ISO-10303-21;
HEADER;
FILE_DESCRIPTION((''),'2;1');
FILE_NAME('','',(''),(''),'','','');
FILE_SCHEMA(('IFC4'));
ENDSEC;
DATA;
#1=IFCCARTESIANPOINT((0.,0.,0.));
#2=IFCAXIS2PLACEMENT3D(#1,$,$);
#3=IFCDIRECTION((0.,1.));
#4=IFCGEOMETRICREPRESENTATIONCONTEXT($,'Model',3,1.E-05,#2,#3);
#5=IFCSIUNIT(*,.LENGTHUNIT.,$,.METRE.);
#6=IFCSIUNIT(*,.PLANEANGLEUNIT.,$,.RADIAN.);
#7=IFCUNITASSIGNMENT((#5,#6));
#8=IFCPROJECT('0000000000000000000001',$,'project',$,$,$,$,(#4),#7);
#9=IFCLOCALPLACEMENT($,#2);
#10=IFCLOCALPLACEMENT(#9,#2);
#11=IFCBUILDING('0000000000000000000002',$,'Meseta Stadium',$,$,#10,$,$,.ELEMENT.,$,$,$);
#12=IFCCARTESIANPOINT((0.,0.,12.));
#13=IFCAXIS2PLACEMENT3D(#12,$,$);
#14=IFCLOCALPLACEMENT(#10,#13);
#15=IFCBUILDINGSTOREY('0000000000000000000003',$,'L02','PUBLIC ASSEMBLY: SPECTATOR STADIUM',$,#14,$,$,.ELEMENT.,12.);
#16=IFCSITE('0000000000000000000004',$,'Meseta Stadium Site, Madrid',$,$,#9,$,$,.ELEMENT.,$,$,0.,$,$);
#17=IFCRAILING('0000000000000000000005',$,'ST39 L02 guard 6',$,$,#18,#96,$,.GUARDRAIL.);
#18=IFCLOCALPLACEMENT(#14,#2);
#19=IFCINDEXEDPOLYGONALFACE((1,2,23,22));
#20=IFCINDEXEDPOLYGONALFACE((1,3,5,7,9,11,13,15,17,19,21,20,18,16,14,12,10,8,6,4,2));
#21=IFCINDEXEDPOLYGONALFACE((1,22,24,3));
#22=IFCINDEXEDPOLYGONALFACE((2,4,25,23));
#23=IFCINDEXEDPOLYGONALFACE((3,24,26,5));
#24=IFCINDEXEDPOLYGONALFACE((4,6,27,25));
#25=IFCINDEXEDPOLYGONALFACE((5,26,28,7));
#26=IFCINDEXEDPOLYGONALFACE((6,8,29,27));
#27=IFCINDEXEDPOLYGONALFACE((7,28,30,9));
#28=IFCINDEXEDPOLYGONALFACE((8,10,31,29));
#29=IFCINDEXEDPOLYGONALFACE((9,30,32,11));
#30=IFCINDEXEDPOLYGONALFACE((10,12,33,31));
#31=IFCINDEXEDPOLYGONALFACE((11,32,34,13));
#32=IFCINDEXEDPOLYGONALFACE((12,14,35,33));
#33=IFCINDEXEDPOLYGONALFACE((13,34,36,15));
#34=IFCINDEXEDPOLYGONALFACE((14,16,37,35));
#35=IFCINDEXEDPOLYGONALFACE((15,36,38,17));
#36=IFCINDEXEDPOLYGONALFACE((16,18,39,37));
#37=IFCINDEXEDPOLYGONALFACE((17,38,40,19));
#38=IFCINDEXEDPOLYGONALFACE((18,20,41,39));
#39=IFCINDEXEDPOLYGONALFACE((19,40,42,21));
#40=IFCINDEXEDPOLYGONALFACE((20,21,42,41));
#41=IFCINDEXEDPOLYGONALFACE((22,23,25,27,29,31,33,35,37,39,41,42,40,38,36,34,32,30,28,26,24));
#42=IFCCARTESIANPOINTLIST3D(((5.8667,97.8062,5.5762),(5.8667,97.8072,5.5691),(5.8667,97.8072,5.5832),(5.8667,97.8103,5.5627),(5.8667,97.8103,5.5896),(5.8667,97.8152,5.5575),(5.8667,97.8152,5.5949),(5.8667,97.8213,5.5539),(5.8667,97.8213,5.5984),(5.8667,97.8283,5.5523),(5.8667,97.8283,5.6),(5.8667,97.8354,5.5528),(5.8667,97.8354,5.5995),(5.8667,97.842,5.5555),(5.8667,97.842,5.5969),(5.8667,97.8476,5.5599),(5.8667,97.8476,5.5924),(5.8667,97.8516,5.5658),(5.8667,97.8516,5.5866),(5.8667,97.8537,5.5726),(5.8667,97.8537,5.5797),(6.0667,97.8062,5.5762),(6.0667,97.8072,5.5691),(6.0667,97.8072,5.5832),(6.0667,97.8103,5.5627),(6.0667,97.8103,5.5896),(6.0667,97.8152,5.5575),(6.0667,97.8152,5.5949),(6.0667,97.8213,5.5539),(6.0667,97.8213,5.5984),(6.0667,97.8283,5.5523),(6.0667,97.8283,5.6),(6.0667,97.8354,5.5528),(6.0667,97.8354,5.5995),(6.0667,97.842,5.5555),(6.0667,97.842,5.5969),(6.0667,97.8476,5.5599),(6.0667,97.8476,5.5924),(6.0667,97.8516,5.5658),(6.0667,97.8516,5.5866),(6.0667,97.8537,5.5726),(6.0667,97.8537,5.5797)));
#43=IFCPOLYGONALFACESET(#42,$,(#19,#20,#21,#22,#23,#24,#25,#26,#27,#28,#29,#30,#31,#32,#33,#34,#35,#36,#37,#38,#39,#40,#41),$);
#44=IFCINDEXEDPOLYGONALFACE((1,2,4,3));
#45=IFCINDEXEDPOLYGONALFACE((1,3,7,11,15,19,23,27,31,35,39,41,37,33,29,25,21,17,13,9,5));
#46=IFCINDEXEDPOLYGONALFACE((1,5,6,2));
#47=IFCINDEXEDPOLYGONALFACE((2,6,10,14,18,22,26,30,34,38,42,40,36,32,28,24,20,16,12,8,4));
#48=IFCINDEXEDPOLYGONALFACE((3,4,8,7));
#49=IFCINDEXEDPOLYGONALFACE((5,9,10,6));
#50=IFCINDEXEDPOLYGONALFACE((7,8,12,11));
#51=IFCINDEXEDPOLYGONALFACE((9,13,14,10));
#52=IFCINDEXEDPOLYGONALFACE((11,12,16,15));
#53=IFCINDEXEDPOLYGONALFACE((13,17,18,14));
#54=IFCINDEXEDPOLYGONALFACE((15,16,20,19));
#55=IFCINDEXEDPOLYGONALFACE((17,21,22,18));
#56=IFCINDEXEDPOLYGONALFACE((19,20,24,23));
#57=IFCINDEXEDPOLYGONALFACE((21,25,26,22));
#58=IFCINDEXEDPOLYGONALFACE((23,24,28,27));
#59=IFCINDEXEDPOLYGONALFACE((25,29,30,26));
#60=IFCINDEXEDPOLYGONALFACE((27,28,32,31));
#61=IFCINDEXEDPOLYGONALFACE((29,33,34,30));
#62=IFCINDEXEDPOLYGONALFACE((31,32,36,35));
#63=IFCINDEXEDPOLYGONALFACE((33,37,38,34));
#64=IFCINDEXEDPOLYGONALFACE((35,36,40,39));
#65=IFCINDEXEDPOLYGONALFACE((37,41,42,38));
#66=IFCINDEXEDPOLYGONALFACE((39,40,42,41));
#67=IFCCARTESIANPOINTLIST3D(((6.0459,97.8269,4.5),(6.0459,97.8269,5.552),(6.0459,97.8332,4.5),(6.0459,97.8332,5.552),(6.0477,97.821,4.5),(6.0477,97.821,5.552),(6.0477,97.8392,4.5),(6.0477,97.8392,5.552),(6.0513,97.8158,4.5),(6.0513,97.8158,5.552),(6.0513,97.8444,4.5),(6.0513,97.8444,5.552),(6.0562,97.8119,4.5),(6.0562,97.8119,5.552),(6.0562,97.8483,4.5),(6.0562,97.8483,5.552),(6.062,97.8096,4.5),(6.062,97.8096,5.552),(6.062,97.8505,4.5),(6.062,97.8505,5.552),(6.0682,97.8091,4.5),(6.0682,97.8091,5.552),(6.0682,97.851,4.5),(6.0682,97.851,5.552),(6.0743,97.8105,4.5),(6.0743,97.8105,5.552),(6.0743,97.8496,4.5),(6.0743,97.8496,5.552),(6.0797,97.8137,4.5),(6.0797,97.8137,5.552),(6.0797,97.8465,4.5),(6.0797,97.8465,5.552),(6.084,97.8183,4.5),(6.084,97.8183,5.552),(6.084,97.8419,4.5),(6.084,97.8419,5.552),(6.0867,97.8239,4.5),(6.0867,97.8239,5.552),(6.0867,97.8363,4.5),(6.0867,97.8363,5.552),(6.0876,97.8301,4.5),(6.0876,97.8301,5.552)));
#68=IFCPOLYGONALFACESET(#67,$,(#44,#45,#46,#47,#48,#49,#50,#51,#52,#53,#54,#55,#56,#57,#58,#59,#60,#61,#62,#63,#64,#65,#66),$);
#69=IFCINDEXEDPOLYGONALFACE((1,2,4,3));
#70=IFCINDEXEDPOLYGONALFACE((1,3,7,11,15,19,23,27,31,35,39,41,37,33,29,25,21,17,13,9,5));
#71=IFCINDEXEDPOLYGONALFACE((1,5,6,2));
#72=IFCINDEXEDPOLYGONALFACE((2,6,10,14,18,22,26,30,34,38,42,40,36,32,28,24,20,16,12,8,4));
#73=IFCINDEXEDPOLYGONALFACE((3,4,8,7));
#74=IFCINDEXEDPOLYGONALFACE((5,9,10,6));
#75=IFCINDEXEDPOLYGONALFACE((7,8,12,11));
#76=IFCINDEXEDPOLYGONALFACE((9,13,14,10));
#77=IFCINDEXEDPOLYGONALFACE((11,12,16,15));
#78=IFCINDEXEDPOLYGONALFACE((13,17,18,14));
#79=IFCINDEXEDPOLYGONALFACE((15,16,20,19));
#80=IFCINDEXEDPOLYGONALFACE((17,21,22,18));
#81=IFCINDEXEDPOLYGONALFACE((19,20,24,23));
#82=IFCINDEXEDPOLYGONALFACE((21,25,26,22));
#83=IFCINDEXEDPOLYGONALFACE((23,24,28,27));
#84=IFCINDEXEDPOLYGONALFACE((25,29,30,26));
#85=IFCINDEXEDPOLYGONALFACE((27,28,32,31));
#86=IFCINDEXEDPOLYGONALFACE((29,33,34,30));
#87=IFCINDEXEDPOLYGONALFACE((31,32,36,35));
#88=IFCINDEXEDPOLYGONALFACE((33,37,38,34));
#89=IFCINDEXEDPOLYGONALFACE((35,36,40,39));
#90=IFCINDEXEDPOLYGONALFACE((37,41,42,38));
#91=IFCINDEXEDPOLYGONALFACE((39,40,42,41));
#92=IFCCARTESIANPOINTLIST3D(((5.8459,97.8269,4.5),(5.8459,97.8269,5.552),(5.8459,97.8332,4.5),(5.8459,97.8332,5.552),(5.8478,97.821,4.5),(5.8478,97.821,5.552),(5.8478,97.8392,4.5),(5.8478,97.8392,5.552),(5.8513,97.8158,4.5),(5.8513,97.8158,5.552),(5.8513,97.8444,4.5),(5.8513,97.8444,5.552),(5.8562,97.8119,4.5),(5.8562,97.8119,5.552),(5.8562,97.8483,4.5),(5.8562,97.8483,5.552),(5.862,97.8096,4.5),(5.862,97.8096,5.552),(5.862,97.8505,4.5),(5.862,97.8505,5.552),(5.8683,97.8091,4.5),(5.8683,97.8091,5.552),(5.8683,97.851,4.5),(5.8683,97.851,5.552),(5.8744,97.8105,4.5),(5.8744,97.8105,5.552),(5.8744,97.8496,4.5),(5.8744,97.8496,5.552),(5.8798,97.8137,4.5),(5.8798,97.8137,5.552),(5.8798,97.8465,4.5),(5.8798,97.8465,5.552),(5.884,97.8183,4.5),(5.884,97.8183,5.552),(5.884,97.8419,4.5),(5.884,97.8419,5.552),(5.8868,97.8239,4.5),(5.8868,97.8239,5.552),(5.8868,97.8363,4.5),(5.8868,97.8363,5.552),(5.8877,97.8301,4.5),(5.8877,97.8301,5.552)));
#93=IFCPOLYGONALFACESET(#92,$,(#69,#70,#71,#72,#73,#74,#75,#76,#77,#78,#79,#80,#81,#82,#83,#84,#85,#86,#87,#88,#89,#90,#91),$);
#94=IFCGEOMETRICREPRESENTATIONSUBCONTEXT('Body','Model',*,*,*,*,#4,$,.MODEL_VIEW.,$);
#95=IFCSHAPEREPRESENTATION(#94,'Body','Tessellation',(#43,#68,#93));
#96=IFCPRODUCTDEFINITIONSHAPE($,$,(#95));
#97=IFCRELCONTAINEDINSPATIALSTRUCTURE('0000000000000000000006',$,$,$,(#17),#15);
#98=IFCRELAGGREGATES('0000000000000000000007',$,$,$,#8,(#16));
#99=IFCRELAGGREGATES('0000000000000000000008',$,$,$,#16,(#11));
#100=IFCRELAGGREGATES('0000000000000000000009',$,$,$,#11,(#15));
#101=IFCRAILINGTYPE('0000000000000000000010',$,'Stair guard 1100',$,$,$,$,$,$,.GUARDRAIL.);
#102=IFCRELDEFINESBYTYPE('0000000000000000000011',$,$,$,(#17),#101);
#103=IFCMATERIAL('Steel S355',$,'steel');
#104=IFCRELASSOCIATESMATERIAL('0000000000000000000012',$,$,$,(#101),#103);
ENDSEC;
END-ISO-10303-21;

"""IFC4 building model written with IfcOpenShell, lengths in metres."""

from ifc_helpers import new_model, si_unit, direction, frame, origin, origin_2d, place, context, subcontext, project, spatial, circle, extrude, material, type_object, element, save


model = new_model("IFC4")

# Units and contexts
model_context = context("Model", 3, precision=1e-05, world=origin(), true_north=direction((0.0, 1.0)))
body_context = subcontext(model_context, "Body", "Model", "MODEL_VIEW")
ifc_project = project(units=[si_unit("LENGTHUNIT", "METRE"), si_unit("PLANEANGLEUNIT", "RADIAN")], contexts=[model_context])

# Site, building, storey
site_placement = place(None, origin())
site = spatial("IfcSite", under=ifc_project, at=site_placement, Name="Meseta Stadium Site, Madrid", CompositionType="ELEMENT", RefElevation=0.0)
building_placement = place(site_placement, origin())
building = spatial("IfcBuilding", under=site, at=building_placement, Name="Meseta Stadium", CompositionType="ELEMENT")
storey_placement = place(building_placement, frame((0.0, 0.0, 12.0)))
storey = spatial("IfcBuildingStorey", under=building, at=storey_placement, Name="L02", Description="PUBLIC ASSEMBLY: SPECTATOR STADIUM", CompositionType="ELEMENT", Elevation=12.0)

# Railing
ifc_material_1 = material(Name="Steel S355", Category="steel")
railing_type_1 = type_object("IfcRailingType", Name="Stair guard 1100", PredefinedType="GUARDRAIL", material=ifc_material_1)
railing_1_placement = place(storey_placement, frame((6.0667, 97.8301, 4.5)))
element("IfcRailing", 1, at=railing_1_placement, inside=storey, type_object=railing_type_1, Name="ST39 L02 guard 6", PredefinedType="GUARDRAIL", context=body_context, shape_type="SweptSolid", body=[
    extrude(circle(Radius=0.0239, at=origin_2d()), frame((0.0, 0.0, 1.0762), z_axis=(-1.0, 0.0, 0.0), x_axis=(0.0, -1.0, 0.0)), (0.0, 0.0, 1.0), 0.2),
    extrude(circle(Radius=0.021, at=origin_2d()), origin(), (0.0, 0.0, 1.0), 1.052),
    extrude(circle(Radius=0.021, at=origin_2d()), frame((-0.2, 0.0, 0.0)), (0.0, 0.0, 1.0), 1.052),
])

save(model, "model.ifc")
